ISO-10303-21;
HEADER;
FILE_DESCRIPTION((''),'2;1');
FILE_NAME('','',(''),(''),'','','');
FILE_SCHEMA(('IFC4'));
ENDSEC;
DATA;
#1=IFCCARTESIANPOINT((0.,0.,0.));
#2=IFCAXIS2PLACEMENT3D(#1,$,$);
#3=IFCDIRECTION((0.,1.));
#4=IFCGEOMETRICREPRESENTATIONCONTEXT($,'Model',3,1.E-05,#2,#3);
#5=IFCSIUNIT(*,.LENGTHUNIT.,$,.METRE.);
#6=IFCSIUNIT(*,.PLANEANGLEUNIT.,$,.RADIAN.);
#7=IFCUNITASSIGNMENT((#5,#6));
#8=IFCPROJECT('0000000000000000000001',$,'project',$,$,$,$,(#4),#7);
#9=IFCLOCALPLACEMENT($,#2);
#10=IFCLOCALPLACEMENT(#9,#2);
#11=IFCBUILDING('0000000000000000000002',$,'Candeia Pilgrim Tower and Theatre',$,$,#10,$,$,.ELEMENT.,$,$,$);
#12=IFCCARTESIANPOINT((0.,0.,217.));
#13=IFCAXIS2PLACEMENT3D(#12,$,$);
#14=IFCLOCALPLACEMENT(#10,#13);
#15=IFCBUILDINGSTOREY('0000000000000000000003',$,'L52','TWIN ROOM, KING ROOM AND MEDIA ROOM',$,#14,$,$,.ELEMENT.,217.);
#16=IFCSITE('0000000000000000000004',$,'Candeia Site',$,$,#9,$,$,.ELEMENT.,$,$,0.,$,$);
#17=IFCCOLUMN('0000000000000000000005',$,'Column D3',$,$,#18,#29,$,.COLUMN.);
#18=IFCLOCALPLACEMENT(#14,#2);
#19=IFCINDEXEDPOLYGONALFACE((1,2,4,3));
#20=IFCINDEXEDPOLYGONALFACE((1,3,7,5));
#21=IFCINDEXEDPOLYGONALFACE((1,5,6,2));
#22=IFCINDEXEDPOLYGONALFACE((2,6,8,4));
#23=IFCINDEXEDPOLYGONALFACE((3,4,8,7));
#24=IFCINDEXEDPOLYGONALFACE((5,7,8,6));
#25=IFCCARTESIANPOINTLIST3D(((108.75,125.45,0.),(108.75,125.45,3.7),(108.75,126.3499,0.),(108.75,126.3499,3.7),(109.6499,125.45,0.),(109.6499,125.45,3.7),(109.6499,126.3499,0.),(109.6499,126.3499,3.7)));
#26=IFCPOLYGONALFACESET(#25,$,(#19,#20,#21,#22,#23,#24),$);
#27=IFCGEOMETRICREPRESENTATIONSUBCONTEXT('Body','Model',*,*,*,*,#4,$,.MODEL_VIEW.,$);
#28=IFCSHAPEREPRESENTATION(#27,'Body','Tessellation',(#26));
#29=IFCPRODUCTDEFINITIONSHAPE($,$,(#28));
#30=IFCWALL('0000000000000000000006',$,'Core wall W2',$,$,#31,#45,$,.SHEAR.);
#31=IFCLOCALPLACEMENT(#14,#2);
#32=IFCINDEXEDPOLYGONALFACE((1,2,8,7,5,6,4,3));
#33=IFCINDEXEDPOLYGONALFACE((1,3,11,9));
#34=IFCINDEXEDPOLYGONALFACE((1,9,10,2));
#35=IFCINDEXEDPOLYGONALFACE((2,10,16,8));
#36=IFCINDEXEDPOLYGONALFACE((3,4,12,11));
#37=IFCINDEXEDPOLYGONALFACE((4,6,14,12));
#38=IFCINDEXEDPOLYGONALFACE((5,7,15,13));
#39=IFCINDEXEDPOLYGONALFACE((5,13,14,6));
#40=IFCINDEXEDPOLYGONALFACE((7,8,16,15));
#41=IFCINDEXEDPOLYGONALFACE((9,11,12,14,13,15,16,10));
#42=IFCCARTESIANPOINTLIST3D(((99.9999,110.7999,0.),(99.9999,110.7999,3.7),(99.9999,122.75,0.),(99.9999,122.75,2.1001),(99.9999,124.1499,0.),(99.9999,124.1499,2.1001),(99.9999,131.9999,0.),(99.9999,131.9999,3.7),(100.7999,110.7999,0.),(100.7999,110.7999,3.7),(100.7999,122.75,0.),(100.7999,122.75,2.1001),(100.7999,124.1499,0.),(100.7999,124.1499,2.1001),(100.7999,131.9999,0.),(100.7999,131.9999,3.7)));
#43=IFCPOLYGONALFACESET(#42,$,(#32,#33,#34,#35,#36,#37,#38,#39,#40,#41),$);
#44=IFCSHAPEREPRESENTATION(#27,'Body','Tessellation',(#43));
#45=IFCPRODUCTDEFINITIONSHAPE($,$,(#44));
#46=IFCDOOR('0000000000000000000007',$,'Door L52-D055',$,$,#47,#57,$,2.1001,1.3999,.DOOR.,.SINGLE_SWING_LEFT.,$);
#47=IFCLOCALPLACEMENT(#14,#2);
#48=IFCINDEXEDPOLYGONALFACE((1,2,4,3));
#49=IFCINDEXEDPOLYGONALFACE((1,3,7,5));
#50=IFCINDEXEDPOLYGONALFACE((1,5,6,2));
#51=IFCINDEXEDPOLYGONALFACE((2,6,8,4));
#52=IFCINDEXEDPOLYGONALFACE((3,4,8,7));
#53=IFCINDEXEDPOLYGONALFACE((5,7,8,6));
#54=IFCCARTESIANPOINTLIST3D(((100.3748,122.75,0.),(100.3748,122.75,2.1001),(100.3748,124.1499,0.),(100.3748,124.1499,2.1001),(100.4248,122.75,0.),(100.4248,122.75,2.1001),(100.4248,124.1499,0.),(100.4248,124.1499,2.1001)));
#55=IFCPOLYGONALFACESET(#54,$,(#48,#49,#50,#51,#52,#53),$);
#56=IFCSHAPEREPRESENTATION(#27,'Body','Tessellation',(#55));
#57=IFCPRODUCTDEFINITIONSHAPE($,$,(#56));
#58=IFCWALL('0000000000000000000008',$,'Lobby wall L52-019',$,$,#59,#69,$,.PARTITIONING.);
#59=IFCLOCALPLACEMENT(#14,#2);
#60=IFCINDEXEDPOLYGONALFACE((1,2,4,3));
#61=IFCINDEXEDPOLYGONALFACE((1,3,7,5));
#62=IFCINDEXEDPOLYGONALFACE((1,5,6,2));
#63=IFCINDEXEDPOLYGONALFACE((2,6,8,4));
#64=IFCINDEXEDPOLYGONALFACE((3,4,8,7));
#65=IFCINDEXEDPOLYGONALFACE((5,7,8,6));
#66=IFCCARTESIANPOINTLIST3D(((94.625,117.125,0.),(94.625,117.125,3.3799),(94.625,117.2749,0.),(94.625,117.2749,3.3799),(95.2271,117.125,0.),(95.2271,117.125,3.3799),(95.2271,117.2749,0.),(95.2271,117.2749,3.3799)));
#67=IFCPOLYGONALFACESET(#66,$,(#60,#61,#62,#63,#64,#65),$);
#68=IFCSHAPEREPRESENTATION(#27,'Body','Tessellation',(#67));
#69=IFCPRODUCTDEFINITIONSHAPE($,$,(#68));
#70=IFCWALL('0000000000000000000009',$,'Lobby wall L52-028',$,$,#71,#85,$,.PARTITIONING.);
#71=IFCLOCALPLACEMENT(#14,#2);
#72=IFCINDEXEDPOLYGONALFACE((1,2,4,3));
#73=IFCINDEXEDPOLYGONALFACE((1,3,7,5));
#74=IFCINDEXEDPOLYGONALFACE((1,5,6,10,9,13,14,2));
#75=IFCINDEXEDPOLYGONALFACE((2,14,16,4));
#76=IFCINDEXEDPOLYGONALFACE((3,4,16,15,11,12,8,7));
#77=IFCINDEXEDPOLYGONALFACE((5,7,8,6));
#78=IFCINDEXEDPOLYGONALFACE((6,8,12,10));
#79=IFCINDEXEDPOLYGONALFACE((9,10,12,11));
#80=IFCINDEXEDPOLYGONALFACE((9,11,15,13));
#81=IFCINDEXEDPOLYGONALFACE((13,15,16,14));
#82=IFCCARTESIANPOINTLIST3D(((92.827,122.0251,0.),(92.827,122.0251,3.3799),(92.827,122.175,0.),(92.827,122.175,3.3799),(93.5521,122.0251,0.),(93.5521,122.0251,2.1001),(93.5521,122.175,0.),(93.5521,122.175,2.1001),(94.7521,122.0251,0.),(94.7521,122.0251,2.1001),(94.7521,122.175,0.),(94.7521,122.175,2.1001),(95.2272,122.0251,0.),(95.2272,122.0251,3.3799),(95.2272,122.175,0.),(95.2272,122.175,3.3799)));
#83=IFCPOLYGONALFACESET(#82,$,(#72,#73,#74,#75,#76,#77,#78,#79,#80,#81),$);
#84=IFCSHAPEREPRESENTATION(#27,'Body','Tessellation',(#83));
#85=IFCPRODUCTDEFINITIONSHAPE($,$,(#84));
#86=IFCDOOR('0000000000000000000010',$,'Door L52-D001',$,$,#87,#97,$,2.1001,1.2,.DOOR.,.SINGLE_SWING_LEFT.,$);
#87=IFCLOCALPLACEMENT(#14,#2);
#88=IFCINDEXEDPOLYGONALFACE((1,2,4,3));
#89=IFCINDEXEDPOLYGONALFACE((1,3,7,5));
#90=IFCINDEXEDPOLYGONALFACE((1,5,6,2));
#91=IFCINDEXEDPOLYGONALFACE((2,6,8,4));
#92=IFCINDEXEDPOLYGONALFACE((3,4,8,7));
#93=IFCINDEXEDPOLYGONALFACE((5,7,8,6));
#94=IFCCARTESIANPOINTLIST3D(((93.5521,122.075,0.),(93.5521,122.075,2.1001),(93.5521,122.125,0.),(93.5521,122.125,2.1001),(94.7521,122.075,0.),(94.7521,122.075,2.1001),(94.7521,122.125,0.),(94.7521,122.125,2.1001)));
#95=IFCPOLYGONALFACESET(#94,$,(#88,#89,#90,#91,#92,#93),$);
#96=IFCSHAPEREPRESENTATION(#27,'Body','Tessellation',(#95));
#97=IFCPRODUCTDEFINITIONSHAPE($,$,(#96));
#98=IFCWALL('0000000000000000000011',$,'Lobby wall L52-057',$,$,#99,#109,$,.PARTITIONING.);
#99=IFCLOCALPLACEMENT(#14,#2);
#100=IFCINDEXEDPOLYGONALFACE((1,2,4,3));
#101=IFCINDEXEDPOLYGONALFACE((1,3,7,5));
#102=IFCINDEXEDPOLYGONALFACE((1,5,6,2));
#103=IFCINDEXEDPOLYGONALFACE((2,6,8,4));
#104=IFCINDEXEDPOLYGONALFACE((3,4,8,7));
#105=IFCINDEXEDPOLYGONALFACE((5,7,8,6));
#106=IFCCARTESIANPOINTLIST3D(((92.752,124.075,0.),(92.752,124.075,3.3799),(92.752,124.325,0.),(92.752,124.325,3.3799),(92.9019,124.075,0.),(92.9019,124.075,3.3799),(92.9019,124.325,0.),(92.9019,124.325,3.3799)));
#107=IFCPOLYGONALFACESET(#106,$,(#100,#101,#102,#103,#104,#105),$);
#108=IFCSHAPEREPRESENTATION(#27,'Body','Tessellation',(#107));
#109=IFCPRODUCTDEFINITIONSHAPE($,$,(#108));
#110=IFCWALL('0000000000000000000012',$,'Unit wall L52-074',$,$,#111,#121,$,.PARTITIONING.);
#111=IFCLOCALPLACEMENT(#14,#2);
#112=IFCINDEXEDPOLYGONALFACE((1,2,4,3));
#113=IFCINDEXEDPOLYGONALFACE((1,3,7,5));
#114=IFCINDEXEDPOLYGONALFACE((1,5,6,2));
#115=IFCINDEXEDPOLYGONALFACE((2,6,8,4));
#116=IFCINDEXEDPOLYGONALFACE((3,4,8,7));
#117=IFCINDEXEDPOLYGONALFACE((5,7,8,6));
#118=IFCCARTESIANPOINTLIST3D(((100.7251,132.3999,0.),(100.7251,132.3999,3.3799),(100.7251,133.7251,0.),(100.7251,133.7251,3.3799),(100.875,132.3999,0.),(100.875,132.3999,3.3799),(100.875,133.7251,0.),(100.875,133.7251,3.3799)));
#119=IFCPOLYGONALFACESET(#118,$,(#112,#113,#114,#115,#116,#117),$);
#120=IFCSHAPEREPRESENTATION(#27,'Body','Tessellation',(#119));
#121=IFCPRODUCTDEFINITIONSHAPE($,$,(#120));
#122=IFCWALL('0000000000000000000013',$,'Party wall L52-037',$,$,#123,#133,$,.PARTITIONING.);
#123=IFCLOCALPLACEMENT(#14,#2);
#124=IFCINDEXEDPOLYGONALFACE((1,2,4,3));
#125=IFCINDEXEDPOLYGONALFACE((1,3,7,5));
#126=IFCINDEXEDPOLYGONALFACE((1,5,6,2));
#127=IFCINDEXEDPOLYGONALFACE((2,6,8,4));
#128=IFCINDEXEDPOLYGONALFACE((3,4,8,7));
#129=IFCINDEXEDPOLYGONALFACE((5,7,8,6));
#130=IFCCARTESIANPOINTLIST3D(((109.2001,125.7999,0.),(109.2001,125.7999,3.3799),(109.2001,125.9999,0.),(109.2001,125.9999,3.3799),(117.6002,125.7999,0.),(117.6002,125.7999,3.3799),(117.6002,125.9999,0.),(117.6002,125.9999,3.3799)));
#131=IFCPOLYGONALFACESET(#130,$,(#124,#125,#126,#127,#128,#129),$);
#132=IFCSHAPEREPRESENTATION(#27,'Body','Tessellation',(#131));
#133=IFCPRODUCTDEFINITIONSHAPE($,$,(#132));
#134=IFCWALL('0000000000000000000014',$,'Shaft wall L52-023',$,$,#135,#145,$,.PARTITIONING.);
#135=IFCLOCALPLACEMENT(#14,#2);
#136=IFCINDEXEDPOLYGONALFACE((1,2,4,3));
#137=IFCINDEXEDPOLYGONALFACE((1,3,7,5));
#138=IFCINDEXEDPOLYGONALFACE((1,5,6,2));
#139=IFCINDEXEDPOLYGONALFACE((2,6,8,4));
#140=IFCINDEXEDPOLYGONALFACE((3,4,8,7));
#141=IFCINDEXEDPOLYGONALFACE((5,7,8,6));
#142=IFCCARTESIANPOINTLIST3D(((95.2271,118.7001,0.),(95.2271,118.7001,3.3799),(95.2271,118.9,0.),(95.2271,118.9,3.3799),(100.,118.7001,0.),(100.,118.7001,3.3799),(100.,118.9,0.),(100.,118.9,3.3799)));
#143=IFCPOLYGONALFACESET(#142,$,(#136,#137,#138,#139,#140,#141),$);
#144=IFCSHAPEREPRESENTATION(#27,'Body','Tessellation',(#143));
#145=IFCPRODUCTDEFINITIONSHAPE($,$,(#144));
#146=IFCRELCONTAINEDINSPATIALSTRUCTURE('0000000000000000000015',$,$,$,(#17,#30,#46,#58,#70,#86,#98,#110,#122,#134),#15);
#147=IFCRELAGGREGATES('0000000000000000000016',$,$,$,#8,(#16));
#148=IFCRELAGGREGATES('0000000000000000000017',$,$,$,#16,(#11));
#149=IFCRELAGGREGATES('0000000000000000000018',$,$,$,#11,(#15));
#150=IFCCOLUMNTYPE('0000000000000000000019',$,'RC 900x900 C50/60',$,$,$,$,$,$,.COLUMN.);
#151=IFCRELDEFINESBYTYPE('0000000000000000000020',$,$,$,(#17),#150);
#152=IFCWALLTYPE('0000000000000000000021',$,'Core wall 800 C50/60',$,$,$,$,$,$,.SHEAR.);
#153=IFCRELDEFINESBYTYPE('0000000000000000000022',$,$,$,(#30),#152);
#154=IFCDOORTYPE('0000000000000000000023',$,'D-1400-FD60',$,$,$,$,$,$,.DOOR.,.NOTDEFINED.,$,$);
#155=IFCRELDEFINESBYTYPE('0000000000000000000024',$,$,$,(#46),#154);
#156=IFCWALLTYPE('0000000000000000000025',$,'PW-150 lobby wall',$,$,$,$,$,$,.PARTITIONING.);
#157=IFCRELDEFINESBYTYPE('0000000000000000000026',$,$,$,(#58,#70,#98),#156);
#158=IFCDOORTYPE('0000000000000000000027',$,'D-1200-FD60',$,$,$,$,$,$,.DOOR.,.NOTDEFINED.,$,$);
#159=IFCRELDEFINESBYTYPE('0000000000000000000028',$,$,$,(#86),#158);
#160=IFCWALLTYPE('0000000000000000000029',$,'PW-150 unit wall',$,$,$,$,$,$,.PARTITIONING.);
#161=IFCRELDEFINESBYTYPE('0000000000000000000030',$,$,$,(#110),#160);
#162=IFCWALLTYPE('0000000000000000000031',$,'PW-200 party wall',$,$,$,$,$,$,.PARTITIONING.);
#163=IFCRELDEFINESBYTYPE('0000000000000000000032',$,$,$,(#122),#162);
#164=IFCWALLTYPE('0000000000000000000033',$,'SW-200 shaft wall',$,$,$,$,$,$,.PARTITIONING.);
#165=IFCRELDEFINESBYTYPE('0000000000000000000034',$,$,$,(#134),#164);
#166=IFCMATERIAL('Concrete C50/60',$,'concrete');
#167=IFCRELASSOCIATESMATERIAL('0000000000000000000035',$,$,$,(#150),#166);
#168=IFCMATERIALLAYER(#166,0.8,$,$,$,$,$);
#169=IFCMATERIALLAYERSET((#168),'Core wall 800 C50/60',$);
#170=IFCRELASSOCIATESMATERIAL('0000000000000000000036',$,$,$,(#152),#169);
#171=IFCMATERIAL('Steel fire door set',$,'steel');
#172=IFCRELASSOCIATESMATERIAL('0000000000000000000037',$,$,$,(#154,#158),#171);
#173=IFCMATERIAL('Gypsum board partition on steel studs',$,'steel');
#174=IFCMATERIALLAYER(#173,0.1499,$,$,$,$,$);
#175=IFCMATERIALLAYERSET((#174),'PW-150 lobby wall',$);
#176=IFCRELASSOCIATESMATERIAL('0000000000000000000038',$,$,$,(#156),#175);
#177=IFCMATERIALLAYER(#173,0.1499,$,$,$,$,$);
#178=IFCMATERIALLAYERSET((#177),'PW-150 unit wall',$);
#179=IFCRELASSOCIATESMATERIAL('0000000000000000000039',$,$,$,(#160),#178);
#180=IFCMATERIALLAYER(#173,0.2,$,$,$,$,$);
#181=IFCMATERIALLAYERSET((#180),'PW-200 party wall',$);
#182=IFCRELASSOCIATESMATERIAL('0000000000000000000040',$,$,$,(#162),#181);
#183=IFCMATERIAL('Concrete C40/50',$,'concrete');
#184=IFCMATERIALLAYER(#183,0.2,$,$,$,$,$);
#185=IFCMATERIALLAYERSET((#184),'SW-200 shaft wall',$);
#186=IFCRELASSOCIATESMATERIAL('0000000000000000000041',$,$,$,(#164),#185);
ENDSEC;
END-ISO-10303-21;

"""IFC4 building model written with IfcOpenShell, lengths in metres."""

from ifc_helpers import new_model, si_unit, direction, frame, frame_2d, origin, origin_2d, place, context, subcontext, project, spatial, rectangle, extrude, material, layer, layer_set, material_profile, profile_set, type_object, element, fill, save


model = new_model("IFC4")

# Units and contexts
model_context = context("Model", 3, precision=1e-05, world=origin(), true_north=direction((0.0, 1.0)))
body_context = subcontext(model_context, "Body", "Model", "MODEL_VIEW")
ifc_project = project(units=[si_unit("LENGTHUNIT", "METRE"), si_unit("PLANEANGLEUNIT", "RADIAN")], contexts=[model_context])

# Site, building, storey
site_placement = place(None, origin())
site = spatial("IfcSite", under=ifc_project, at=site_placement, Name="Candeia Site", CompositionType="ELEMENT", RefElevation=0.0)
building_placement = place(site_placement, origin())
building = spatial("IfcBuilding", under=site, at=building_placement, Name="Candeia Pilgrim Tower and Theatre", CompositionType="ELEMENT")
storey_placement = place(building_placement, frame((0.0, 0.0, 217.0)))
storey = spatial("IfcBuildingStorey", under=building, at=storey_placement, Name="L52", Description="TWIN ROOM, KING ROOM AND MEDIA ROOM", CompositionType="ELEMENT", Elevation=217.0)

# Column
ifc_material_1 = material(Name="Concrete C50/60", Category="concrete")
ifc_material_profile = material_profile(ifc_material_1, rectangle(XDim=0.8999, YDim=0.8999, at=origin_2d()))
ifc_profile_set = profile_set([ifc_material_profile], Name="Concrete C50/60")
column_type = type_object("IfcColumnType", Name="RC 900x900 C50/60", PredefinedType="COLUMN", material=ifc_profile_set)
column_placement = place(storey_placement, frame((109.2, 125.8999, 0.0), z_axis=(0.0, 0.0, 1.0), x_axis=(1.0, 0.0, 0.0)))
element("IfcColumn", 1, at=column_placement, inside=storey, type_object=column_type, Name="Column D3", PredefinedType="COLUMN", context=body_context, shape_type="SweptSolid", body=[
    extrude(rectangle(XDim=0.8999, YDim=0.8999, at=origin_2d()), origin(), (0.0, 0.0, 1.0), 3.7),
])

# Wall, opening, door
ifc_layer_1 = layer(ifc_material_1, 0.8)
ifc_layer_set_1 = layer_set([ifc_layer_1], Name="Core wall 800 C50/60")
wall_type_1 = type_object("IfcWallType", Name="Core wall 800 C50/60", PredefinedType="SHEAR", material=ifc_layer_set_1)
wall_1_placement = place(storey_placement, frame((100.3999, 132.0, 0.0), z_axis=(0.0, 0.0, 1.0), x_axis=(0.0, -1.0, 0.0)))
wall_1 = element("IfcWall", 2, at=wall_1_placement, inside=storey, type_object=wall_type_1, Name="Core wall W2", PredefinedType="SHEAR", context=body_context, shape_type="SweptSolid", body=[
    extrude(rectangle(XDim=21.2, YDim=0.8, at=frame_2d((10.6001, 0.0))), origin(), (0.0, 0.0, 1.0), 3.7),
])
opening_1_placement = place(wall_1_placement, frame((7.8501, 0.0, 0.0)))
opening_1 = element("IfcOpeningElement", 3, at=opening_1_placement, cuts=wall_1, PredefinedType="OPENING", context=body_context, shape_type="SweptSolid", body=[
    extrude(rectangle(XDim=1.3999, YDim=2.1001, at=frame_2d((0.7, 1.05))), frame((0.0, 0.4102, 0.0), z_axis=(0.0, -1.0, 0.0), x_axis=(1.0, 0.0, 0.0)), (0.0, 0.0, 1.0), 0.8201),
])
ifc_material_2 = material(Name="Steel fire door set", Category="steel")
door_type_1 = type_object("IfcDoorType", Name="D-1400-FD60", OperationType="NOTDEFINED", PredefinedType="DOOR", material=ifc_material_2)
door_1_placement = place(opening_1_placement, origin())
door_1 = element("IfcDoor", 4, at=door_1_placement, inside=storey, type_object=door_type_1, Name="Door L52-D055", OperationType="SINGLE_SWING_LEFT", OverallHeight=2.1001, OverallWidth=1.3999, PredefinedType="DOOR", context=body_context, shape_type="SweptSolid", body=[
    extrude(rectangle(XDim=1.3999, YDim=2.1001, at=frame_2d((0.7, 1.05))), frame((0.0, 0.0249, 0.0), z_axis=(0.0, -1.0, 0.0), x_axis=(1.0, 0.0, 0.0)), (0.0, 0.0, 1.0), 0.05),
])
fill(opening_1, door_1)

# Wall
ifc_material_3 = material(Name="Gypsum board partition on steel studs", Category="steel")
ifc_layer_2 = layer(ifc_material_3, 0.1499)
ifc_layer_set_2 = layer_set([ifc_layer_2], Name="PW-150 lobby wall")
wall_type_2 = type_object("IfcWallType", Name="PW-150 lobby wall", PredefinedType="PARTITIONING", material=ifc_layer_set_2)
wall_2_placement = place(storey_placement, frame((94.625, 117.2, 0.0), z_axis=(0.0, 0.0, 1.0), x_axis=(1.0, 0.0, 0.0)))
element("IfcWall", 5, at=wall_2_placement, inside=storey, type_object=wall_type_2, Name="Lobby wall L52-019", PredefinedType="PARTITIONING", context=body_context, shape_type="SweptSolid", body=[
    extrude(rectangle(XDim=0.6021, YDim=0.1499, at=frame_2d((0.301, 0.0))), origin(), (0.0, 0.0, 1.0), 3.3799),
])

# Wall, opening, door
wall_3_placement = place(storey_placement, frame((92.8269, 122.1001, 0.0), z_axis=(0.0, 0.0, 1.0), x_axis=(1.0, 0.0, 0.0)))
wall_3 = element("IfcWall", 6, at=wall_3_placement, inside=storey, type_object=wall_type_2, Name="Lobby wall L52-028", PredefinedType="PARTITIONING", context=body_context, shape_type="SweptSolid", body=[
    extrude(rectangle(XDim=2.4001, YDim=0.1499, at=frame_2d((1.2002, 0.0))), origin(), (0.0, 0.0, 1.0), 3.3799),
])
opening_2_placement = place(wall_3_placement, frame((0.7251, 0.0, 0.0)))
opening_2 = element("IfcOpeningElement", 7, at=opening_2_placement, cuts=wall_3, PredefinedType="OPENING", context=body_context, shape_type="SweptSolid", body=[
    extrude(rectangle(XDim=1.2, YDim=2.1001, at=frame_2d((0.6001, 1.05))), frame((0.0, 0.085, 0.0), z_axis=(0.0, -1.0, 0.0), x_axis=(1.0, 0.0, 0.0)), (0.0, 0.0, 1.0), 0.1699),
])
door_type_2 = type_object("IfcDoorType", Name="D-1200-FD60", OperationType="NOTDEFINED", PredefinedType="DOOR", material=ifc_material_2)
door_2_placement = place(opening_2_placement, origin())
door_2 = element("IfcDoor", 8, at=door_2_placement, inside=storey, type_object=door_type_2, Name="Door L52-D001", OperationType="SINGLE_SWING_LEFT", OverallHeight=2.1001, OverallWidth=1.2, PredefinedType="DOOR", context=body_context, shape_type="SweptSolid", body=[
    extrude(rectangle(XDim=1.2, YDim=2.1001, at=frame_2d((0.6001, 1.05))), frame((0.0, 0.0249, 0.0), z_axis=(0.0, -1.0, 0.0), x_axis=(1.0, 0.0, 0.0)), (0.0, 0.0, 1.0), 0.05),
])
fill(opening_2, door_2)

# Walls
wall_4_placement = place(storey_placement, frame((92.8269, 124.075, 0.0), z_axis=(0.0, 0.0, 1.0), x_axis=(0.0, 1.0, 0.0)))
element("IfcWall", 9, at=wall_4_placement, inside=storey, type_object=wall_type_2, Name="Lobby wall L52-057", PredefinedType="PARTITIONING", context=body_context, shape_type="SweptSolid", body=[
    extrude(rectangle(XDim=0.25, YDim=0.1499, at=frame_2d((0.125, 0.0))), origin(), (0.0, 0.0, 1.0), 3.3799),
])
ifc_layer_3 = layer(ifc_material_3, 0.1499)
ifc_layer_set_3 = layer_set([ifc_layer_3], Name="PW-150 unit wall")
wall_type_3 = type_object("IfcWallType", Name="PW-150 unit wall", PredefinedType="PARTITIONING", material=ifc_layer_set_3)
wall_5_placement = place(storey_placement, frame((100.8, 132.3999, 0.0), z_axis=(0.0, 0.0, 1.0), x_axis=(0.0, 1.0, 0.0)))
element("IfcWall", 10, at=wall_5_placement, inside=storey, type_object=wall_type_3, Name="Unit wall L52-074", PredefinedType="PARTITIONING", context=body_context, shape_type="SweptSolid", body=[
    extrude(rectangle(XDim=1.3252, YDim=0.1499, at=frame_2d((0.6626, 0.0))), origin(), (0.0, 0.0, 1.0), 3.3799),
])
ifc_layer_4 = layer(ifc_material_3, 0.2)
ifc_layer_set_4 = layer_set([ifc_layer_4], Name="PW-200 party wall")
wall_type_4 = type_object("IfcWallType", Name="PW-200 party wall", PredefinedType="PARTITIONING", material=ifc_layer_set_4)
wall_6_placement = place(storey_placement, frame((109.2, 125.8999, 0.0), z_axis=(0.0, 0.0, 1.0), x_axis=(1.0, 0.0, 0.0)))
element("IfcWall", 11, at=wall_6_placement, inside=storey, type_object=wall_type_4, Name="Party wall L52-037", PredefinedType="PARTITIONING", context=body_context, shape_type="SweptSolid", body=[
    extrude(rectangle(XDim=8.4001, YDim=0.2, at=frame_2d((4.2002, 0.0))), origin(), (0.0, 0.0, 1.0), 3.3799),
])
ifc_material_4 = material(Name="Concrete C40/50", Category="concrete")
ifc_layer_5 = layer(ifc_material_4, 0.2)
ifc_layer_set_5 = layer_set([ifc_layer_5], Name="SW-200 shaft wall")
wall_type_5 = type_object("IfcWallType", Name="SW-200 shaft wall", PredefinedType="PARTITIONING", material=ifc_layer_set_5)
wall_7_placement = place(storey_placement, frame((95.2271, 118.8, 0.0), z_axis=(0.0, 0.0, 1.0), x_axis=(1.0, 0.0, 0.0)))
element("IfcWall", 12, at=wall_7_placement, inside=storey, type_object=wall_type_5, Name="Shaft wall L52-023", PredefinedType="PARTITIONING", context=body_context, shape_type="SweptSolid", body=[
    extrude(rectangle(XDim=4.7729, YDim=0.2, at=frame_2d((2.3865, 0.0))), origin(), (0.0, 0.0, 1.0), 3.3799),
])

save(model, "model.ifc")
